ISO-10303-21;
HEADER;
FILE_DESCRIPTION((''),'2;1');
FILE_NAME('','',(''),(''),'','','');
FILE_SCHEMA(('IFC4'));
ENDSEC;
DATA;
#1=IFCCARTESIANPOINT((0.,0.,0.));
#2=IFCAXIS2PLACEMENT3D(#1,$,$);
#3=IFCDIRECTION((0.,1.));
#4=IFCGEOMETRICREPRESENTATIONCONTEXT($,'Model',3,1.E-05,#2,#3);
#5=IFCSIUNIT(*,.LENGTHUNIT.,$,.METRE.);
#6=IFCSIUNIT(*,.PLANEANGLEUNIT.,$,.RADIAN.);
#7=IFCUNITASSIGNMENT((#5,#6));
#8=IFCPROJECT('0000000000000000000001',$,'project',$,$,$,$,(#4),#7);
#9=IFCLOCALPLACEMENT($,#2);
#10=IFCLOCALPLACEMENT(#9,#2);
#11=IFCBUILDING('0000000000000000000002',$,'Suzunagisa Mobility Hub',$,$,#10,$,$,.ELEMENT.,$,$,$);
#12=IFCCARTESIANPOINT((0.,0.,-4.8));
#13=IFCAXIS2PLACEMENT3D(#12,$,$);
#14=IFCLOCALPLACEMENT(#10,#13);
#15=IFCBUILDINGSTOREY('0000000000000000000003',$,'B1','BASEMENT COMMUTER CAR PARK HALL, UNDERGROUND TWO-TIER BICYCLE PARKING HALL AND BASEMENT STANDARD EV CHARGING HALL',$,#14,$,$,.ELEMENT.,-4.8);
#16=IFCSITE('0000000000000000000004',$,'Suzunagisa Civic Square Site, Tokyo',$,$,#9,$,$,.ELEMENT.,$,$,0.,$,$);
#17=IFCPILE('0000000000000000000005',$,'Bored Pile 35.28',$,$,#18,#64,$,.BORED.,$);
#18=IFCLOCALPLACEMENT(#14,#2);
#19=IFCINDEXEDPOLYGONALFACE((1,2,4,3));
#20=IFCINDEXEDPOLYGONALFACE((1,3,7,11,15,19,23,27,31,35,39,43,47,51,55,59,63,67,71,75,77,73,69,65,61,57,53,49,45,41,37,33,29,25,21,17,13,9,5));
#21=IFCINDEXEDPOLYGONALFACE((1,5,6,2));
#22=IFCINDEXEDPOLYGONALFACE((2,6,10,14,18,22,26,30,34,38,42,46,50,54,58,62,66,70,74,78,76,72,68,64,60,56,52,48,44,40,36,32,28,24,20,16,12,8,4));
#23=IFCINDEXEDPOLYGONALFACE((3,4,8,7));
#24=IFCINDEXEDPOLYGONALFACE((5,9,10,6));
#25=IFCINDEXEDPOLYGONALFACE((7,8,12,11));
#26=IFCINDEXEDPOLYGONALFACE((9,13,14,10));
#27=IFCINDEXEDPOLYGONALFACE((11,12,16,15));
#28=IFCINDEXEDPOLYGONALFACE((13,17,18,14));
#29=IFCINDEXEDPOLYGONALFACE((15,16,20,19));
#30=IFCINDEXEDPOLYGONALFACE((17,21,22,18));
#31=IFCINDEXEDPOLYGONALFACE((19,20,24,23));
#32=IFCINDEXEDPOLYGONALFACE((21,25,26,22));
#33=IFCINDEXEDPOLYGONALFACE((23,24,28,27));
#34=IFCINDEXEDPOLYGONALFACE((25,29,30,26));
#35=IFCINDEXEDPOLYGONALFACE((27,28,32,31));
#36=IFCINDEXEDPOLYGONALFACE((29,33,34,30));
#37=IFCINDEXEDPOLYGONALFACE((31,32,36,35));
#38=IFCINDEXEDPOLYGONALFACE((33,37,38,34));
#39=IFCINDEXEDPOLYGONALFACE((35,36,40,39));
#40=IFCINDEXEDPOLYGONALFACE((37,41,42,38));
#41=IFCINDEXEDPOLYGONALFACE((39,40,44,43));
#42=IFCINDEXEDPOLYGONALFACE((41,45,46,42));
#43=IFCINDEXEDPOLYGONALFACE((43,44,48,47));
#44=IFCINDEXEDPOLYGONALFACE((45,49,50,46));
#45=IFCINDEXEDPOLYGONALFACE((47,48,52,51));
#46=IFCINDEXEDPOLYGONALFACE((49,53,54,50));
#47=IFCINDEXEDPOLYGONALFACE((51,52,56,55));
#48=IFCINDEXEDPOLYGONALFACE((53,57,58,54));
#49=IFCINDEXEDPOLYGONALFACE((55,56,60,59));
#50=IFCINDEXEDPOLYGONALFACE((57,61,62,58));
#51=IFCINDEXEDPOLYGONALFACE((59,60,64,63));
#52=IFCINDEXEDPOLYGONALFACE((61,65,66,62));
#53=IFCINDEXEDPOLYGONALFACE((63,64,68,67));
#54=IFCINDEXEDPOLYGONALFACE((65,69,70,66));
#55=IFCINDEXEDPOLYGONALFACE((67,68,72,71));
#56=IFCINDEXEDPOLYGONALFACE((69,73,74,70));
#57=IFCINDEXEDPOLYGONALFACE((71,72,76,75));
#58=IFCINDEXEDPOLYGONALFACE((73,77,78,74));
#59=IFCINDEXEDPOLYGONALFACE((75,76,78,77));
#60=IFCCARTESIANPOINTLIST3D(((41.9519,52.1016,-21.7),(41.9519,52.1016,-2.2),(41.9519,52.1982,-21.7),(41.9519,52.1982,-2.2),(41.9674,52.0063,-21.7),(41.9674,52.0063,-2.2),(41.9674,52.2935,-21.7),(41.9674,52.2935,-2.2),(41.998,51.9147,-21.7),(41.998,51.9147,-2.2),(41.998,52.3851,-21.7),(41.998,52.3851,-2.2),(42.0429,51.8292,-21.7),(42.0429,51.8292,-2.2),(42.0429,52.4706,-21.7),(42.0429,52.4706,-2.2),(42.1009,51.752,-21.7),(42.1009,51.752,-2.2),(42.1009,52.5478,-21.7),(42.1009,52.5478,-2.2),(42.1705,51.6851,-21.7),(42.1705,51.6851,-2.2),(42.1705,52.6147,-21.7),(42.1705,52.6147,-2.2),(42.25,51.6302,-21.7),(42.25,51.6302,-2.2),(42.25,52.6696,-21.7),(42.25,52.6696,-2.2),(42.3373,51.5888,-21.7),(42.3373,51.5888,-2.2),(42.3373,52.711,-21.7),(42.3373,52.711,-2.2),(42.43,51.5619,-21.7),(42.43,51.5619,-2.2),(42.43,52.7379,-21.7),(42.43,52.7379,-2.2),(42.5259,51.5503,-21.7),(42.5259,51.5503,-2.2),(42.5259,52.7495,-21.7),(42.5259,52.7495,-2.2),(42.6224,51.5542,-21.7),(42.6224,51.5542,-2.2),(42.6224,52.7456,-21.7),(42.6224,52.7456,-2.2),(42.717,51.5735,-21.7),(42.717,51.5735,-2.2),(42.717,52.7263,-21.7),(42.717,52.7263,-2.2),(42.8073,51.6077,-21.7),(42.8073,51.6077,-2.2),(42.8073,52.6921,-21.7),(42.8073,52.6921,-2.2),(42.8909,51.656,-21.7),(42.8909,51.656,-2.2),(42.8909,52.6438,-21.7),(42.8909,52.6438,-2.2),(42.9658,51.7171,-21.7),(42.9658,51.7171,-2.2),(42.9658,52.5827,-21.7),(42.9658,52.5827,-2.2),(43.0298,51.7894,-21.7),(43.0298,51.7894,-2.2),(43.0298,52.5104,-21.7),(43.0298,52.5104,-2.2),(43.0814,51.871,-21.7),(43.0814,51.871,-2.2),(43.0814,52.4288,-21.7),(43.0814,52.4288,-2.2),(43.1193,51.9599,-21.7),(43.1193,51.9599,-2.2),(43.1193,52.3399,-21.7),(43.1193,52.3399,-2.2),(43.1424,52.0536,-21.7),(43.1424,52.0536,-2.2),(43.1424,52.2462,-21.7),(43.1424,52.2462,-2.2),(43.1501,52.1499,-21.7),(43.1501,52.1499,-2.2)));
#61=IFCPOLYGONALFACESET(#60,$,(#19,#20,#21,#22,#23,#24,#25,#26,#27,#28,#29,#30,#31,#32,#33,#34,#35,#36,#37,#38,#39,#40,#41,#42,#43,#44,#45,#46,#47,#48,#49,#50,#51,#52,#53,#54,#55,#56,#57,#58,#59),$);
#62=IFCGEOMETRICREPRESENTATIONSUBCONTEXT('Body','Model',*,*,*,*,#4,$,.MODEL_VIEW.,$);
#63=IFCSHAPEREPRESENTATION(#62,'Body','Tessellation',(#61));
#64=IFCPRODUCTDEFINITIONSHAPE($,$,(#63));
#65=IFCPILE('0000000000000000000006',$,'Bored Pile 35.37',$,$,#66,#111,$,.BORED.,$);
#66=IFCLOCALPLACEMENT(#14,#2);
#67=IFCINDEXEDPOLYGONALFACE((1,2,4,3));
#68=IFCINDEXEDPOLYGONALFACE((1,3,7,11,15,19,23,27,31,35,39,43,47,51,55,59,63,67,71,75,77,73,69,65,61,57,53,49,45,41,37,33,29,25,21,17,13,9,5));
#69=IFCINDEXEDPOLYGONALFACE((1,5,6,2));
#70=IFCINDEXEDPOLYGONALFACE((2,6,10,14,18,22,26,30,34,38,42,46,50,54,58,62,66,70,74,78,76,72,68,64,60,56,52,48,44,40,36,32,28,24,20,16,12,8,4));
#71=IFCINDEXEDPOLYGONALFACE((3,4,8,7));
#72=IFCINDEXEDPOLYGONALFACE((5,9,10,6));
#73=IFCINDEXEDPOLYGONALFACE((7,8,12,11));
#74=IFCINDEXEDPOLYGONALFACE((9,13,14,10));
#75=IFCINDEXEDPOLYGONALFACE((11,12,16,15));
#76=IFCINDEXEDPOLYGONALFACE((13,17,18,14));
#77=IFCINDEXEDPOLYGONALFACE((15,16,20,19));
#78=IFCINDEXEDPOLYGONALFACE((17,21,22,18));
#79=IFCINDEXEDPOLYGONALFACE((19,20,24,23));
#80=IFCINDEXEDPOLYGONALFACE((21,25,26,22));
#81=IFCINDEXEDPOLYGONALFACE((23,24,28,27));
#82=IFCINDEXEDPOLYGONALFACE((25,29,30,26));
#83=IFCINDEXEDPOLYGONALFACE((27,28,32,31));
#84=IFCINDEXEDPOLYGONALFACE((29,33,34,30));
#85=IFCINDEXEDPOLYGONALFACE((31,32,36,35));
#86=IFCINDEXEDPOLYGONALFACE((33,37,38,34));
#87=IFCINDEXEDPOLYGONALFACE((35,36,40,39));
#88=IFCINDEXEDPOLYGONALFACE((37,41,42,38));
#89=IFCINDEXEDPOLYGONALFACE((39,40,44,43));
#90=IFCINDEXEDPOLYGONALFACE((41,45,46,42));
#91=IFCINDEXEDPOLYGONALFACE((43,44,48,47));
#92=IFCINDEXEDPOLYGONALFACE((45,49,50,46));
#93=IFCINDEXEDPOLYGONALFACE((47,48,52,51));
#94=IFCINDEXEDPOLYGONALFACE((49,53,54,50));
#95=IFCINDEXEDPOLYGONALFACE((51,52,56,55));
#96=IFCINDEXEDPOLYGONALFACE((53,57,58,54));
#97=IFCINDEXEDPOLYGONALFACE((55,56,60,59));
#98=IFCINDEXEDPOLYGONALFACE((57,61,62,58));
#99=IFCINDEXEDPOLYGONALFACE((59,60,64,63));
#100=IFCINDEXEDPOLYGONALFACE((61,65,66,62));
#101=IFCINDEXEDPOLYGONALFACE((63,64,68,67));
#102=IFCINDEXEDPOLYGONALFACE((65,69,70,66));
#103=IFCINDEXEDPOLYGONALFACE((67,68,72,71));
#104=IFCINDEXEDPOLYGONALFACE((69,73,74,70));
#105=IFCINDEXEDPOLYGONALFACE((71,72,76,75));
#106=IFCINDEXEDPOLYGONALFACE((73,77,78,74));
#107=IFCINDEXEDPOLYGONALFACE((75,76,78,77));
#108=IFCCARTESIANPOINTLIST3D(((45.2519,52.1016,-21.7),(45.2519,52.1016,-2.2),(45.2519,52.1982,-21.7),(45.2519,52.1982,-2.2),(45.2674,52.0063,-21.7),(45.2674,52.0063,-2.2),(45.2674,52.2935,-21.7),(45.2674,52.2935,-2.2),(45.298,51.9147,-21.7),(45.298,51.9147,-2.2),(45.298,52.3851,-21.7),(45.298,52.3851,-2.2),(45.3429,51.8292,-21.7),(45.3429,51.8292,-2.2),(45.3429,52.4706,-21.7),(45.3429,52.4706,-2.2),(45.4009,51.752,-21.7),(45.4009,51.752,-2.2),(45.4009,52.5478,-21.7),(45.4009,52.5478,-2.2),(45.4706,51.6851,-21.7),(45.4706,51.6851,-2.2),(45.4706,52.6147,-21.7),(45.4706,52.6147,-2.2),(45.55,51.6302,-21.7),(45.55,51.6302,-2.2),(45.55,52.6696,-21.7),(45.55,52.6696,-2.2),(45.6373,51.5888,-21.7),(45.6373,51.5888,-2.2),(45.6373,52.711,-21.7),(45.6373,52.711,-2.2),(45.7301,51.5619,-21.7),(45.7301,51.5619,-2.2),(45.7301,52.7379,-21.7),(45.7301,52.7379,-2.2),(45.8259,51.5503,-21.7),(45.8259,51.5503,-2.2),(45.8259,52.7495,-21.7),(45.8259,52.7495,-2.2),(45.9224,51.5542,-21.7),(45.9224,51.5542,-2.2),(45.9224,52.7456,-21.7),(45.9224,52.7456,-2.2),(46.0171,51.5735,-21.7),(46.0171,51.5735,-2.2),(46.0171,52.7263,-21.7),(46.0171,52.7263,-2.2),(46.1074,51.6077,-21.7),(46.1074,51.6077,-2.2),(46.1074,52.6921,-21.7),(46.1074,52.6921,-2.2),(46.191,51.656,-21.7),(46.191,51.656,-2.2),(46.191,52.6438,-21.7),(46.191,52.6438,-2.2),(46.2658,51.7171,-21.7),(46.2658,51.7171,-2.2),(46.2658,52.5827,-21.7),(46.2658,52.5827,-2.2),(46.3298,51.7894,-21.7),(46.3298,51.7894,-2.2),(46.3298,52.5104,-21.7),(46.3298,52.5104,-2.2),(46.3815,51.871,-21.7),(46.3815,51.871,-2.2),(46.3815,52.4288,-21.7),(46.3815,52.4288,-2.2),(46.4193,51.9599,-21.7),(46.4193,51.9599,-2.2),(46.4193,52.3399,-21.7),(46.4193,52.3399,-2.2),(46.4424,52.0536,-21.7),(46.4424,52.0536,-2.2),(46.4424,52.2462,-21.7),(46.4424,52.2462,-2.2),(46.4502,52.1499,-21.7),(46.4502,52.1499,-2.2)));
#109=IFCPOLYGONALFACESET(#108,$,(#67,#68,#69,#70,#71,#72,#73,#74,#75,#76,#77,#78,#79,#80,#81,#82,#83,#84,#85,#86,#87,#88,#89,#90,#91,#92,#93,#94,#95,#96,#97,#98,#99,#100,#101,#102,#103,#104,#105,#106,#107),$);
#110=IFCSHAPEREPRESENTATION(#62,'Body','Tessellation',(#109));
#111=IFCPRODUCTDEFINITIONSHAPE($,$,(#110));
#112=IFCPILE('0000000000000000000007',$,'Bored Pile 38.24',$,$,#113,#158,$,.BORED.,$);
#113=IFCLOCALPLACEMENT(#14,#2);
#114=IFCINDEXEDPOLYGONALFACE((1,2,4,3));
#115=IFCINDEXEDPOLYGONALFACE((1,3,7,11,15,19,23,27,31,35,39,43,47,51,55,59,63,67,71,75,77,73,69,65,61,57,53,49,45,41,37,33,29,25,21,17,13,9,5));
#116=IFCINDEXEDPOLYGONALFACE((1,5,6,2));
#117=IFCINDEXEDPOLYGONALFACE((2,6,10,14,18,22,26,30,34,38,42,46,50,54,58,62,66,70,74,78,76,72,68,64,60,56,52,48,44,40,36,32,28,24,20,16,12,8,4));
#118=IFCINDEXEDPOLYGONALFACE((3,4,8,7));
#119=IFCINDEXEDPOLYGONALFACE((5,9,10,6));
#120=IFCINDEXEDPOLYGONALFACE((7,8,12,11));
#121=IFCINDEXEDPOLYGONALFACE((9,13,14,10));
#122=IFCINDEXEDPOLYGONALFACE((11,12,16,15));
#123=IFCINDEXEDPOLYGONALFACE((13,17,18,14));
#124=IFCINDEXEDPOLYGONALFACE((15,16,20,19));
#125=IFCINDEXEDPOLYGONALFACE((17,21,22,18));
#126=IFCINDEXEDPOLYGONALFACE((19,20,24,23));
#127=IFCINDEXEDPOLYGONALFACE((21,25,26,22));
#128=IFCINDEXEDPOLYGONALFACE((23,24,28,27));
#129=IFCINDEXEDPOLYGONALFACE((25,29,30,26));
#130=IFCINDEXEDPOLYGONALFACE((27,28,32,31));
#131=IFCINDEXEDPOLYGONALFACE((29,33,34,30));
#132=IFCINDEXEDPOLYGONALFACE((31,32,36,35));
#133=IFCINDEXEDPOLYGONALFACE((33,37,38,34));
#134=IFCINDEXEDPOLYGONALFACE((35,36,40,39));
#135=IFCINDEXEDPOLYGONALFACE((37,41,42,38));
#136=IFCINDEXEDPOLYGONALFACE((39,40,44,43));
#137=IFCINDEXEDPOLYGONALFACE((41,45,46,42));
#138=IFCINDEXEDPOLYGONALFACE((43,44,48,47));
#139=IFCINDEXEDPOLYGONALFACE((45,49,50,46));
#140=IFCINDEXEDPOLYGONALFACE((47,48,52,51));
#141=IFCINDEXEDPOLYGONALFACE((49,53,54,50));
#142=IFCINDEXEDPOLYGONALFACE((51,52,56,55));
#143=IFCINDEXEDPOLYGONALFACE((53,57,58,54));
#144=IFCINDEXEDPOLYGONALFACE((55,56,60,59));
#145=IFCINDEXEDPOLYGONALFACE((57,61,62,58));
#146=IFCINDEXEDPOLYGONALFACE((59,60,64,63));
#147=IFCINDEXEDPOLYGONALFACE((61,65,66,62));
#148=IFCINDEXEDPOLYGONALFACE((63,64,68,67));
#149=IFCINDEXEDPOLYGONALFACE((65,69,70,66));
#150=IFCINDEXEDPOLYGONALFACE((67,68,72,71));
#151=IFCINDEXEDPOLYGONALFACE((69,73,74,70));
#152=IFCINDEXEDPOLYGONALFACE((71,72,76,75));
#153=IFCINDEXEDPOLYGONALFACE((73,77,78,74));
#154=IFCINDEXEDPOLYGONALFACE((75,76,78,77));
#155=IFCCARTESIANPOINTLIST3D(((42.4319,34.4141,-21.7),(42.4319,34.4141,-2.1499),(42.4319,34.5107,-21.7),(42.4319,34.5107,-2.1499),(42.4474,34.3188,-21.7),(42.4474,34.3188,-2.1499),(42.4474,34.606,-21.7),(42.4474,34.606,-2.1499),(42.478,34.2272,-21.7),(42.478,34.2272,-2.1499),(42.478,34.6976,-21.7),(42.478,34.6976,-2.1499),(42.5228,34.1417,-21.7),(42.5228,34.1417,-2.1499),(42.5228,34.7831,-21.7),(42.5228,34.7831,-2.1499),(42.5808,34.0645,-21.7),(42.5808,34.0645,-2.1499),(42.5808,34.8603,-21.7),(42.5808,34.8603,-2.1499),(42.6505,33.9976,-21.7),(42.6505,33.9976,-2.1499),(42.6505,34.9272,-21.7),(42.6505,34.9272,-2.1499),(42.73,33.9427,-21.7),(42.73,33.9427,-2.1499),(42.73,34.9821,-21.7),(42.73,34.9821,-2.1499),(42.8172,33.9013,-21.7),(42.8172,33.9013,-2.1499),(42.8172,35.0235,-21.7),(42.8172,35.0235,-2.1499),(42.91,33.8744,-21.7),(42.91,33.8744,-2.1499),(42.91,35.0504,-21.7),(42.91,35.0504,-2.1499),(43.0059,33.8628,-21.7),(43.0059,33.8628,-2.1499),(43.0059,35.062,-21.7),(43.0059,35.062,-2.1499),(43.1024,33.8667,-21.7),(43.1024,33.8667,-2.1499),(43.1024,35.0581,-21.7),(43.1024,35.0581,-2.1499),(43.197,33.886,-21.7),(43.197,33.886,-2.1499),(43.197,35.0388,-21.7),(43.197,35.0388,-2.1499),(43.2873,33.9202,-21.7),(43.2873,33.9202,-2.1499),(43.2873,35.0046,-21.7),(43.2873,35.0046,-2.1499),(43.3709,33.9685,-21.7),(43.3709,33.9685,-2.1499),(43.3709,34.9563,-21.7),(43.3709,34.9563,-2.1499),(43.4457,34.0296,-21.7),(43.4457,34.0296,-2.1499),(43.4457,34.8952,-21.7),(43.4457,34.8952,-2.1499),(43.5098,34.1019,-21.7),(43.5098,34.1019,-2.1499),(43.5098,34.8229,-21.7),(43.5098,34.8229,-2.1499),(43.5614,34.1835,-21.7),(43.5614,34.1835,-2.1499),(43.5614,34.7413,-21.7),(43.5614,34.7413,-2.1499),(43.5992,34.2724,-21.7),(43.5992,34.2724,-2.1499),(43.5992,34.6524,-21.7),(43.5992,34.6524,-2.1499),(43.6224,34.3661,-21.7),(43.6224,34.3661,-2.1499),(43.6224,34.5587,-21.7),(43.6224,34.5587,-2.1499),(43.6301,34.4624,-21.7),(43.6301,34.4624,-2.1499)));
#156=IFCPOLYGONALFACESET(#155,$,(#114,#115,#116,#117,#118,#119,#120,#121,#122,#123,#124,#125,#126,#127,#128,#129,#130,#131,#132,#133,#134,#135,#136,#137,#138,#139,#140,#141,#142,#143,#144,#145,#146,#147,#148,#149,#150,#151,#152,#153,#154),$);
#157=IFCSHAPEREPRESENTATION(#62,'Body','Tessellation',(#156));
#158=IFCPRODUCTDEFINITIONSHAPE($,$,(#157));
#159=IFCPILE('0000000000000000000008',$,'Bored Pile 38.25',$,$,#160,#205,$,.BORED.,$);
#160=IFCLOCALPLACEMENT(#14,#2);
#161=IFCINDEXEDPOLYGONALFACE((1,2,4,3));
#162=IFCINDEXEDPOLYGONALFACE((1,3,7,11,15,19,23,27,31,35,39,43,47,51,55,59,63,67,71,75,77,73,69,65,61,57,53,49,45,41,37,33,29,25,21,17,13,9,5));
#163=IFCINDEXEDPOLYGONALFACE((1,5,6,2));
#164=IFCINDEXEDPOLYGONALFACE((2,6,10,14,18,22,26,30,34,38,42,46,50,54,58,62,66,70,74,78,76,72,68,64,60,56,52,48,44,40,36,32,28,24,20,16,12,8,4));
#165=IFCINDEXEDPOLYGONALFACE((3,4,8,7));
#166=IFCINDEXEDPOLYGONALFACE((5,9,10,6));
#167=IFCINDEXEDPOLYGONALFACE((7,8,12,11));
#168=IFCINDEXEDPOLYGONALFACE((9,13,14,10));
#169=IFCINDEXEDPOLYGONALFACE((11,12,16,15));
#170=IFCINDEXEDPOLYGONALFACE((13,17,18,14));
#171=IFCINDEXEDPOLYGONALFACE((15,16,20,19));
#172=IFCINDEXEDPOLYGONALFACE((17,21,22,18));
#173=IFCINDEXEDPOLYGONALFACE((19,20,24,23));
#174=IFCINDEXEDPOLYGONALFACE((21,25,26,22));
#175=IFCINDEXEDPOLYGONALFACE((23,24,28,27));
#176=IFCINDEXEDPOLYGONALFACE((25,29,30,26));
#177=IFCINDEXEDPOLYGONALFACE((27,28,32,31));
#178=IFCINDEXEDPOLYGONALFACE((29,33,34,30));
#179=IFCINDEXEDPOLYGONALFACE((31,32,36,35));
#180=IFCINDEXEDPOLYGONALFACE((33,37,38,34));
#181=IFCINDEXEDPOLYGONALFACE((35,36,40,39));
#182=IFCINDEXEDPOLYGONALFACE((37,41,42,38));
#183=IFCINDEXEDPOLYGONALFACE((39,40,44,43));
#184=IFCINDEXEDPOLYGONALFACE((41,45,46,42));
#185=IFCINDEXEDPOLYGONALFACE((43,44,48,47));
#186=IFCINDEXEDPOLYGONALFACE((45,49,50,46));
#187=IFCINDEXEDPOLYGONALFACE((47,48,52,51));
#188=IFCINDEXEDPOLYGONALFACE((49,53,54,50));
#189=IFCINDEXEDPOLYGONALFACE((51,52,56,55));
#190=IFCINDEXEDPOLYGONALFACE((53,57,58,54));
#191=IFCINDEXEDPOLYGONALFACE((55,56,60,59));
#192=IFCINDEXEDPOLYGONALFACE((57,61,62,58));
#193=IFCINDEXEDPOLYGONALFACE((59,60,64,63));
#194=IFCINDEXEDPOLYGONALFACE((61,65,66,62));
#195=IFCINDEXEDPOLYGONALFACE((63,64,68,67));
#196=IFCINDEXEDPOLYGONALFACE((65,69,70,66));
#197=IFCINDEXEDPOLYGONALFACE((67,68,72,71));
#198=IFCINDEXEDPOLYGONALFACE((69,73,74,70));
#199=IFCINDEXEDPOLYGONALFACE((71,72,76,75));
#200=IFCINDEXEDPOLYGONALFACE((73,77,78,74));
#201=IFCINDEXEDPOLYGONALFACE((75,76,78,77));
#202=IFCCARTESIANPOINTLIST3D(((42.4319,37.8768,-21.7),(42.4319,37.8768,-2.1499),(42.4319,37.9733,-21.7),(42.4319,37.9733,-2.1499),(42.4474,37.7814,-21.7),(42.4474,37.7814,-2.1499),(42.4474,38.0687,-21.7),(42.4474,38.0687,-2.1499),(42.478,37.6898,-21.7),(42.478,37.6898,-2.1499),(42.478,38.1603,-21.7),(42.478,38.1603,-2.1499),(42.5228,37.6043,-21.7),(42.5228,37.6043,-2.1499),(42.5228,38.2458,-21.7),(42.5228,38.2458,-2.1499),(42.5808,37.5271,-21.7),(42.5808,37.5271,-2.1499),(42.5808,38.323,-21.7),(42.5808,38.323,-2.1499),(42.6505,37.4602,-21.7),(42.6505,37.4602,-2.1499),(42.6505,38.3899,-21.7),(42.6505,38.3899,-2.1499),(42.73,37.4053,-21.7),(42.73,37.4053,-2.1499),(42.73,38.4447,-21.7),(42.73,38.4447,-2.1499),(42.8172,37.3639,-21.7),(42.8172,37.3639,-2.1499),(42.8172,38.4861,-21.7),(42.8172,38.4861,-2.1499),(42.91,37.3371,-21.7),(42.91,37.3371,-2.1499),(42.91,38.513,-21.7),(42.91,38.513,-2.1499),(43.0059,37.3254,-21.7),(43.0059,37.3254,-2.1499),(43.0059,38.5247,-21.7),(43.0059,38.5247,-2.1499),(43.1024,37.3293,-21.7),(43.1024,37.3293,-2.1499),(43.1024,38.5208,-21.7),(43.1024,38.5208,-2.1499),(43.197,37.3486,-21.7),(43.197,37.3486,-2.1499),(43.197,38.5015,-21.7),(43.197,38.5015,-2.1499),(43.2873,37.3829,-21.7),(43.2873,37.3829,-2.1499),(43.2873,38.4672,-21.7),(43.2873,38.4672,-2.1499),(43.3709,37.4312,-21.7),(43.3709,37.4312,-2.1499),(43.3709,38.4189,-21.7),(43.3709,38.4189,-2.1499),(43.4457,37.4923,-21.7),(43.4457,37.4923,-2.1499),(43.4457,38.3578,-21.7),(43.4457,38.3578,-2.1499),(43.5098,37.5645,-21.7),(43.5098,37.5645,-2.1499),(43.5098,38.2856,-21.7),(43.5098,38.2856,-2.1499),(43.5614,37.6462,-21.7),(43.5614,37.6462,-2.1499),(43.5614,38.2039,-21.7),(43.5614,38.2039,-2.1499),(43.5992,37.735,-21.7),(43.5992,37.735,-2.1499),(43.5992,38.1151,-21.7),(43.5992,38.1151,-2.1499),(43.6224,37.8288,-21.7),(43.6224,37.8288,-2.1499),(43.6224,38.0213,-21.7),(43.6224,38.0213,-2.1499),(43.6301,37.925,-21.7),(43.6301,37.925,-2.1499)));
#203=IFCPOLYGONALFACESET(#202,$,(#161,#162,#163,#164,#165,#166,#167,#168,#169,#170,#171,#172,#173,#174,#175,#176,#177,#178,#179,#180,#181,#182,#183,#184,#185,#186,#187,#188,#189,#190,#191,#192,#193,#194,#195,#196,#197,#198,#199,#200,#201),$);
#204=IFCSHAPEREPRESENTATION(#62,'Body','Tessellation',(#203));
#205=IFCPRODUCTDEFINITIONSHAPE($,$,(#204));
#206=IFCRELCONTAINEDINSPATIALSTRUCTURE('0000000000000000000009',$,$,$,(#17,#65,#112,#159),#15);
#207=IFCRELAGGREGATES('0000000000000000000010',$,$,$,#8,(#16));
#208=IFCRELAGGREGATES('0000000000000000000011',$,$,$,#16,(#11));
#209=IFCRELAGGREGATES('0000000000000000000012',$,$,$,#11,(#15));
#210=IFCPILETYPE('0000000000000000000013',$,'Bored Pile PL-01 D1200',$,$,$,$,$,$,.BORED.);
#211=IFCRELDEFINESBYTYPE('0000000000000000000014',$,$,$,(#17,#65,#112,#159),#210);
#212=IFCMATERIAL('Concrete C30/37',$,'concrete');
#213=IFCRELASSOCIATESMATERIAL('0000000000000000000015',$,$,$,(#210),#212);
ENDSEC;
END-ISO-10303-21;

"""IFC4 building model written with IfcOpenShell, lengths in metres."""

from ifc_helpers import new_model, si_unit, direction, frame, origin, origin_2d, place, context, subcontext, project, spatial, circle, extrude, material, material_profile, profile_set, type_object, element, save


model = new_model("IFC4")

# Units and contexts
model_context = context("Model", 3, precision=1e-05, world=origin(), true_north=direction((0.0, 1.0)))
body_context = subcontext(model_context, "Body", "Model", "MODEL_VIEW")
ifc_project = project(units=[si_unit("LENGTHUNIT", "METRE"), si_unit("PLANEANGLEUNIT", "RADIAN")], contexts=[model_context])

# Site, building, storey
site_placement = place(None, origin())
site = spatial("IfcSite", under=ifc_project, at=site_placement, Name="Suzunagisa Civic Square Site, Tokyo", CompositionType="ELEMENT", RefElevation=0.0)
building_placement = place(site_placement, origin())
building = spatial("IfcBuilding", under=site, at=building_placement, Name="Suzunagisa Mobility Hub", CompositionType="ELEMENT")
storey_placement = place(building_placement, frame((0.0, 0.0, -4.8)))
storey = spatial("IfcBuildingStorey", under=building, at=storey_placement, Name="B1", Description="BASEMENT COMMUTER CAR PARK HALL, UNDERGROUND TWO-TIER BICYCLE PARKING HALL AND BASEMENT STANDARD EV CHARGING HALL", CompositionType="ELEMENT", Elevation=-4.8)

# Piles
ifc_material_1 = material(Name="Concrete C30/37", Category="concrete")
ifc_material_profile_1 = material_profile(ifc_material_1, circle(Radius=0.6001, at=origin_2d()), Name="BORED PILE D1200")
ifc_profile_set_1 = profile_set([ifc_material_profile_1], Name="Concrete C30/37")
pile_type = type_object("IfcPileType", Name="Bored Pile PL-01 D1200", PredefinedType="BORED", material=ifc_profile_set_1)
for number, where, z_axis, x_axis, name in (
    (1, (42.55, 52.1499, -2.2), (0.0, 0.0, -1.0), (1.0, 0.0, 0.0), "Bored Pile 35.28"),
    (2, (45.8501, 52.1499, -2.2), (0.0, 0.0, -1.0), (1.0, 0.0, 0.0), "Bored Pile 35.37"),
):
    element("IfcPile", number, at=place(storey_placement, frame(where, z_axis=z_axis, x_axis=x_axis)), inside=storey, type_object=pile_type, Name=name, PredefinedType="BORED", context=body_context, shape_type="SweptSolid", body=[
        extrude(circle(Radius=0.6001, at=origin_2d()), origin(), (0.0, 0.0, 1.0), 19.5),
    ])
for number, where, z_axis, x_axis, name in (
    (3, (43.03, 34.4624, -2.1499), (0.0, 0.0, -1.0), (1.0, 0.0, 0.0), "Bored Pile 38.24"),
    (4, (43.03, 37.925, -2.1499), (0.0, 0.0, -1.0), (1.0, 0.0, 0.0), "Bored Pile 38.25"),
):
    element("IfcPile", number, at=place(storey_placement, frame(where, z_axis=z_axis, x_axis=x_axis)), inside=storey, type_object=pile_type, Name=name, PredefinedType="BORED", context=body_context, shape_type="SweptSolid", body=[
        extrude(circle(Radius=0.6001, at=origin_2d()), origin(), (0.0, 0.0, 1.0), 19.55),
    ])

save(model, "model.ifc")
